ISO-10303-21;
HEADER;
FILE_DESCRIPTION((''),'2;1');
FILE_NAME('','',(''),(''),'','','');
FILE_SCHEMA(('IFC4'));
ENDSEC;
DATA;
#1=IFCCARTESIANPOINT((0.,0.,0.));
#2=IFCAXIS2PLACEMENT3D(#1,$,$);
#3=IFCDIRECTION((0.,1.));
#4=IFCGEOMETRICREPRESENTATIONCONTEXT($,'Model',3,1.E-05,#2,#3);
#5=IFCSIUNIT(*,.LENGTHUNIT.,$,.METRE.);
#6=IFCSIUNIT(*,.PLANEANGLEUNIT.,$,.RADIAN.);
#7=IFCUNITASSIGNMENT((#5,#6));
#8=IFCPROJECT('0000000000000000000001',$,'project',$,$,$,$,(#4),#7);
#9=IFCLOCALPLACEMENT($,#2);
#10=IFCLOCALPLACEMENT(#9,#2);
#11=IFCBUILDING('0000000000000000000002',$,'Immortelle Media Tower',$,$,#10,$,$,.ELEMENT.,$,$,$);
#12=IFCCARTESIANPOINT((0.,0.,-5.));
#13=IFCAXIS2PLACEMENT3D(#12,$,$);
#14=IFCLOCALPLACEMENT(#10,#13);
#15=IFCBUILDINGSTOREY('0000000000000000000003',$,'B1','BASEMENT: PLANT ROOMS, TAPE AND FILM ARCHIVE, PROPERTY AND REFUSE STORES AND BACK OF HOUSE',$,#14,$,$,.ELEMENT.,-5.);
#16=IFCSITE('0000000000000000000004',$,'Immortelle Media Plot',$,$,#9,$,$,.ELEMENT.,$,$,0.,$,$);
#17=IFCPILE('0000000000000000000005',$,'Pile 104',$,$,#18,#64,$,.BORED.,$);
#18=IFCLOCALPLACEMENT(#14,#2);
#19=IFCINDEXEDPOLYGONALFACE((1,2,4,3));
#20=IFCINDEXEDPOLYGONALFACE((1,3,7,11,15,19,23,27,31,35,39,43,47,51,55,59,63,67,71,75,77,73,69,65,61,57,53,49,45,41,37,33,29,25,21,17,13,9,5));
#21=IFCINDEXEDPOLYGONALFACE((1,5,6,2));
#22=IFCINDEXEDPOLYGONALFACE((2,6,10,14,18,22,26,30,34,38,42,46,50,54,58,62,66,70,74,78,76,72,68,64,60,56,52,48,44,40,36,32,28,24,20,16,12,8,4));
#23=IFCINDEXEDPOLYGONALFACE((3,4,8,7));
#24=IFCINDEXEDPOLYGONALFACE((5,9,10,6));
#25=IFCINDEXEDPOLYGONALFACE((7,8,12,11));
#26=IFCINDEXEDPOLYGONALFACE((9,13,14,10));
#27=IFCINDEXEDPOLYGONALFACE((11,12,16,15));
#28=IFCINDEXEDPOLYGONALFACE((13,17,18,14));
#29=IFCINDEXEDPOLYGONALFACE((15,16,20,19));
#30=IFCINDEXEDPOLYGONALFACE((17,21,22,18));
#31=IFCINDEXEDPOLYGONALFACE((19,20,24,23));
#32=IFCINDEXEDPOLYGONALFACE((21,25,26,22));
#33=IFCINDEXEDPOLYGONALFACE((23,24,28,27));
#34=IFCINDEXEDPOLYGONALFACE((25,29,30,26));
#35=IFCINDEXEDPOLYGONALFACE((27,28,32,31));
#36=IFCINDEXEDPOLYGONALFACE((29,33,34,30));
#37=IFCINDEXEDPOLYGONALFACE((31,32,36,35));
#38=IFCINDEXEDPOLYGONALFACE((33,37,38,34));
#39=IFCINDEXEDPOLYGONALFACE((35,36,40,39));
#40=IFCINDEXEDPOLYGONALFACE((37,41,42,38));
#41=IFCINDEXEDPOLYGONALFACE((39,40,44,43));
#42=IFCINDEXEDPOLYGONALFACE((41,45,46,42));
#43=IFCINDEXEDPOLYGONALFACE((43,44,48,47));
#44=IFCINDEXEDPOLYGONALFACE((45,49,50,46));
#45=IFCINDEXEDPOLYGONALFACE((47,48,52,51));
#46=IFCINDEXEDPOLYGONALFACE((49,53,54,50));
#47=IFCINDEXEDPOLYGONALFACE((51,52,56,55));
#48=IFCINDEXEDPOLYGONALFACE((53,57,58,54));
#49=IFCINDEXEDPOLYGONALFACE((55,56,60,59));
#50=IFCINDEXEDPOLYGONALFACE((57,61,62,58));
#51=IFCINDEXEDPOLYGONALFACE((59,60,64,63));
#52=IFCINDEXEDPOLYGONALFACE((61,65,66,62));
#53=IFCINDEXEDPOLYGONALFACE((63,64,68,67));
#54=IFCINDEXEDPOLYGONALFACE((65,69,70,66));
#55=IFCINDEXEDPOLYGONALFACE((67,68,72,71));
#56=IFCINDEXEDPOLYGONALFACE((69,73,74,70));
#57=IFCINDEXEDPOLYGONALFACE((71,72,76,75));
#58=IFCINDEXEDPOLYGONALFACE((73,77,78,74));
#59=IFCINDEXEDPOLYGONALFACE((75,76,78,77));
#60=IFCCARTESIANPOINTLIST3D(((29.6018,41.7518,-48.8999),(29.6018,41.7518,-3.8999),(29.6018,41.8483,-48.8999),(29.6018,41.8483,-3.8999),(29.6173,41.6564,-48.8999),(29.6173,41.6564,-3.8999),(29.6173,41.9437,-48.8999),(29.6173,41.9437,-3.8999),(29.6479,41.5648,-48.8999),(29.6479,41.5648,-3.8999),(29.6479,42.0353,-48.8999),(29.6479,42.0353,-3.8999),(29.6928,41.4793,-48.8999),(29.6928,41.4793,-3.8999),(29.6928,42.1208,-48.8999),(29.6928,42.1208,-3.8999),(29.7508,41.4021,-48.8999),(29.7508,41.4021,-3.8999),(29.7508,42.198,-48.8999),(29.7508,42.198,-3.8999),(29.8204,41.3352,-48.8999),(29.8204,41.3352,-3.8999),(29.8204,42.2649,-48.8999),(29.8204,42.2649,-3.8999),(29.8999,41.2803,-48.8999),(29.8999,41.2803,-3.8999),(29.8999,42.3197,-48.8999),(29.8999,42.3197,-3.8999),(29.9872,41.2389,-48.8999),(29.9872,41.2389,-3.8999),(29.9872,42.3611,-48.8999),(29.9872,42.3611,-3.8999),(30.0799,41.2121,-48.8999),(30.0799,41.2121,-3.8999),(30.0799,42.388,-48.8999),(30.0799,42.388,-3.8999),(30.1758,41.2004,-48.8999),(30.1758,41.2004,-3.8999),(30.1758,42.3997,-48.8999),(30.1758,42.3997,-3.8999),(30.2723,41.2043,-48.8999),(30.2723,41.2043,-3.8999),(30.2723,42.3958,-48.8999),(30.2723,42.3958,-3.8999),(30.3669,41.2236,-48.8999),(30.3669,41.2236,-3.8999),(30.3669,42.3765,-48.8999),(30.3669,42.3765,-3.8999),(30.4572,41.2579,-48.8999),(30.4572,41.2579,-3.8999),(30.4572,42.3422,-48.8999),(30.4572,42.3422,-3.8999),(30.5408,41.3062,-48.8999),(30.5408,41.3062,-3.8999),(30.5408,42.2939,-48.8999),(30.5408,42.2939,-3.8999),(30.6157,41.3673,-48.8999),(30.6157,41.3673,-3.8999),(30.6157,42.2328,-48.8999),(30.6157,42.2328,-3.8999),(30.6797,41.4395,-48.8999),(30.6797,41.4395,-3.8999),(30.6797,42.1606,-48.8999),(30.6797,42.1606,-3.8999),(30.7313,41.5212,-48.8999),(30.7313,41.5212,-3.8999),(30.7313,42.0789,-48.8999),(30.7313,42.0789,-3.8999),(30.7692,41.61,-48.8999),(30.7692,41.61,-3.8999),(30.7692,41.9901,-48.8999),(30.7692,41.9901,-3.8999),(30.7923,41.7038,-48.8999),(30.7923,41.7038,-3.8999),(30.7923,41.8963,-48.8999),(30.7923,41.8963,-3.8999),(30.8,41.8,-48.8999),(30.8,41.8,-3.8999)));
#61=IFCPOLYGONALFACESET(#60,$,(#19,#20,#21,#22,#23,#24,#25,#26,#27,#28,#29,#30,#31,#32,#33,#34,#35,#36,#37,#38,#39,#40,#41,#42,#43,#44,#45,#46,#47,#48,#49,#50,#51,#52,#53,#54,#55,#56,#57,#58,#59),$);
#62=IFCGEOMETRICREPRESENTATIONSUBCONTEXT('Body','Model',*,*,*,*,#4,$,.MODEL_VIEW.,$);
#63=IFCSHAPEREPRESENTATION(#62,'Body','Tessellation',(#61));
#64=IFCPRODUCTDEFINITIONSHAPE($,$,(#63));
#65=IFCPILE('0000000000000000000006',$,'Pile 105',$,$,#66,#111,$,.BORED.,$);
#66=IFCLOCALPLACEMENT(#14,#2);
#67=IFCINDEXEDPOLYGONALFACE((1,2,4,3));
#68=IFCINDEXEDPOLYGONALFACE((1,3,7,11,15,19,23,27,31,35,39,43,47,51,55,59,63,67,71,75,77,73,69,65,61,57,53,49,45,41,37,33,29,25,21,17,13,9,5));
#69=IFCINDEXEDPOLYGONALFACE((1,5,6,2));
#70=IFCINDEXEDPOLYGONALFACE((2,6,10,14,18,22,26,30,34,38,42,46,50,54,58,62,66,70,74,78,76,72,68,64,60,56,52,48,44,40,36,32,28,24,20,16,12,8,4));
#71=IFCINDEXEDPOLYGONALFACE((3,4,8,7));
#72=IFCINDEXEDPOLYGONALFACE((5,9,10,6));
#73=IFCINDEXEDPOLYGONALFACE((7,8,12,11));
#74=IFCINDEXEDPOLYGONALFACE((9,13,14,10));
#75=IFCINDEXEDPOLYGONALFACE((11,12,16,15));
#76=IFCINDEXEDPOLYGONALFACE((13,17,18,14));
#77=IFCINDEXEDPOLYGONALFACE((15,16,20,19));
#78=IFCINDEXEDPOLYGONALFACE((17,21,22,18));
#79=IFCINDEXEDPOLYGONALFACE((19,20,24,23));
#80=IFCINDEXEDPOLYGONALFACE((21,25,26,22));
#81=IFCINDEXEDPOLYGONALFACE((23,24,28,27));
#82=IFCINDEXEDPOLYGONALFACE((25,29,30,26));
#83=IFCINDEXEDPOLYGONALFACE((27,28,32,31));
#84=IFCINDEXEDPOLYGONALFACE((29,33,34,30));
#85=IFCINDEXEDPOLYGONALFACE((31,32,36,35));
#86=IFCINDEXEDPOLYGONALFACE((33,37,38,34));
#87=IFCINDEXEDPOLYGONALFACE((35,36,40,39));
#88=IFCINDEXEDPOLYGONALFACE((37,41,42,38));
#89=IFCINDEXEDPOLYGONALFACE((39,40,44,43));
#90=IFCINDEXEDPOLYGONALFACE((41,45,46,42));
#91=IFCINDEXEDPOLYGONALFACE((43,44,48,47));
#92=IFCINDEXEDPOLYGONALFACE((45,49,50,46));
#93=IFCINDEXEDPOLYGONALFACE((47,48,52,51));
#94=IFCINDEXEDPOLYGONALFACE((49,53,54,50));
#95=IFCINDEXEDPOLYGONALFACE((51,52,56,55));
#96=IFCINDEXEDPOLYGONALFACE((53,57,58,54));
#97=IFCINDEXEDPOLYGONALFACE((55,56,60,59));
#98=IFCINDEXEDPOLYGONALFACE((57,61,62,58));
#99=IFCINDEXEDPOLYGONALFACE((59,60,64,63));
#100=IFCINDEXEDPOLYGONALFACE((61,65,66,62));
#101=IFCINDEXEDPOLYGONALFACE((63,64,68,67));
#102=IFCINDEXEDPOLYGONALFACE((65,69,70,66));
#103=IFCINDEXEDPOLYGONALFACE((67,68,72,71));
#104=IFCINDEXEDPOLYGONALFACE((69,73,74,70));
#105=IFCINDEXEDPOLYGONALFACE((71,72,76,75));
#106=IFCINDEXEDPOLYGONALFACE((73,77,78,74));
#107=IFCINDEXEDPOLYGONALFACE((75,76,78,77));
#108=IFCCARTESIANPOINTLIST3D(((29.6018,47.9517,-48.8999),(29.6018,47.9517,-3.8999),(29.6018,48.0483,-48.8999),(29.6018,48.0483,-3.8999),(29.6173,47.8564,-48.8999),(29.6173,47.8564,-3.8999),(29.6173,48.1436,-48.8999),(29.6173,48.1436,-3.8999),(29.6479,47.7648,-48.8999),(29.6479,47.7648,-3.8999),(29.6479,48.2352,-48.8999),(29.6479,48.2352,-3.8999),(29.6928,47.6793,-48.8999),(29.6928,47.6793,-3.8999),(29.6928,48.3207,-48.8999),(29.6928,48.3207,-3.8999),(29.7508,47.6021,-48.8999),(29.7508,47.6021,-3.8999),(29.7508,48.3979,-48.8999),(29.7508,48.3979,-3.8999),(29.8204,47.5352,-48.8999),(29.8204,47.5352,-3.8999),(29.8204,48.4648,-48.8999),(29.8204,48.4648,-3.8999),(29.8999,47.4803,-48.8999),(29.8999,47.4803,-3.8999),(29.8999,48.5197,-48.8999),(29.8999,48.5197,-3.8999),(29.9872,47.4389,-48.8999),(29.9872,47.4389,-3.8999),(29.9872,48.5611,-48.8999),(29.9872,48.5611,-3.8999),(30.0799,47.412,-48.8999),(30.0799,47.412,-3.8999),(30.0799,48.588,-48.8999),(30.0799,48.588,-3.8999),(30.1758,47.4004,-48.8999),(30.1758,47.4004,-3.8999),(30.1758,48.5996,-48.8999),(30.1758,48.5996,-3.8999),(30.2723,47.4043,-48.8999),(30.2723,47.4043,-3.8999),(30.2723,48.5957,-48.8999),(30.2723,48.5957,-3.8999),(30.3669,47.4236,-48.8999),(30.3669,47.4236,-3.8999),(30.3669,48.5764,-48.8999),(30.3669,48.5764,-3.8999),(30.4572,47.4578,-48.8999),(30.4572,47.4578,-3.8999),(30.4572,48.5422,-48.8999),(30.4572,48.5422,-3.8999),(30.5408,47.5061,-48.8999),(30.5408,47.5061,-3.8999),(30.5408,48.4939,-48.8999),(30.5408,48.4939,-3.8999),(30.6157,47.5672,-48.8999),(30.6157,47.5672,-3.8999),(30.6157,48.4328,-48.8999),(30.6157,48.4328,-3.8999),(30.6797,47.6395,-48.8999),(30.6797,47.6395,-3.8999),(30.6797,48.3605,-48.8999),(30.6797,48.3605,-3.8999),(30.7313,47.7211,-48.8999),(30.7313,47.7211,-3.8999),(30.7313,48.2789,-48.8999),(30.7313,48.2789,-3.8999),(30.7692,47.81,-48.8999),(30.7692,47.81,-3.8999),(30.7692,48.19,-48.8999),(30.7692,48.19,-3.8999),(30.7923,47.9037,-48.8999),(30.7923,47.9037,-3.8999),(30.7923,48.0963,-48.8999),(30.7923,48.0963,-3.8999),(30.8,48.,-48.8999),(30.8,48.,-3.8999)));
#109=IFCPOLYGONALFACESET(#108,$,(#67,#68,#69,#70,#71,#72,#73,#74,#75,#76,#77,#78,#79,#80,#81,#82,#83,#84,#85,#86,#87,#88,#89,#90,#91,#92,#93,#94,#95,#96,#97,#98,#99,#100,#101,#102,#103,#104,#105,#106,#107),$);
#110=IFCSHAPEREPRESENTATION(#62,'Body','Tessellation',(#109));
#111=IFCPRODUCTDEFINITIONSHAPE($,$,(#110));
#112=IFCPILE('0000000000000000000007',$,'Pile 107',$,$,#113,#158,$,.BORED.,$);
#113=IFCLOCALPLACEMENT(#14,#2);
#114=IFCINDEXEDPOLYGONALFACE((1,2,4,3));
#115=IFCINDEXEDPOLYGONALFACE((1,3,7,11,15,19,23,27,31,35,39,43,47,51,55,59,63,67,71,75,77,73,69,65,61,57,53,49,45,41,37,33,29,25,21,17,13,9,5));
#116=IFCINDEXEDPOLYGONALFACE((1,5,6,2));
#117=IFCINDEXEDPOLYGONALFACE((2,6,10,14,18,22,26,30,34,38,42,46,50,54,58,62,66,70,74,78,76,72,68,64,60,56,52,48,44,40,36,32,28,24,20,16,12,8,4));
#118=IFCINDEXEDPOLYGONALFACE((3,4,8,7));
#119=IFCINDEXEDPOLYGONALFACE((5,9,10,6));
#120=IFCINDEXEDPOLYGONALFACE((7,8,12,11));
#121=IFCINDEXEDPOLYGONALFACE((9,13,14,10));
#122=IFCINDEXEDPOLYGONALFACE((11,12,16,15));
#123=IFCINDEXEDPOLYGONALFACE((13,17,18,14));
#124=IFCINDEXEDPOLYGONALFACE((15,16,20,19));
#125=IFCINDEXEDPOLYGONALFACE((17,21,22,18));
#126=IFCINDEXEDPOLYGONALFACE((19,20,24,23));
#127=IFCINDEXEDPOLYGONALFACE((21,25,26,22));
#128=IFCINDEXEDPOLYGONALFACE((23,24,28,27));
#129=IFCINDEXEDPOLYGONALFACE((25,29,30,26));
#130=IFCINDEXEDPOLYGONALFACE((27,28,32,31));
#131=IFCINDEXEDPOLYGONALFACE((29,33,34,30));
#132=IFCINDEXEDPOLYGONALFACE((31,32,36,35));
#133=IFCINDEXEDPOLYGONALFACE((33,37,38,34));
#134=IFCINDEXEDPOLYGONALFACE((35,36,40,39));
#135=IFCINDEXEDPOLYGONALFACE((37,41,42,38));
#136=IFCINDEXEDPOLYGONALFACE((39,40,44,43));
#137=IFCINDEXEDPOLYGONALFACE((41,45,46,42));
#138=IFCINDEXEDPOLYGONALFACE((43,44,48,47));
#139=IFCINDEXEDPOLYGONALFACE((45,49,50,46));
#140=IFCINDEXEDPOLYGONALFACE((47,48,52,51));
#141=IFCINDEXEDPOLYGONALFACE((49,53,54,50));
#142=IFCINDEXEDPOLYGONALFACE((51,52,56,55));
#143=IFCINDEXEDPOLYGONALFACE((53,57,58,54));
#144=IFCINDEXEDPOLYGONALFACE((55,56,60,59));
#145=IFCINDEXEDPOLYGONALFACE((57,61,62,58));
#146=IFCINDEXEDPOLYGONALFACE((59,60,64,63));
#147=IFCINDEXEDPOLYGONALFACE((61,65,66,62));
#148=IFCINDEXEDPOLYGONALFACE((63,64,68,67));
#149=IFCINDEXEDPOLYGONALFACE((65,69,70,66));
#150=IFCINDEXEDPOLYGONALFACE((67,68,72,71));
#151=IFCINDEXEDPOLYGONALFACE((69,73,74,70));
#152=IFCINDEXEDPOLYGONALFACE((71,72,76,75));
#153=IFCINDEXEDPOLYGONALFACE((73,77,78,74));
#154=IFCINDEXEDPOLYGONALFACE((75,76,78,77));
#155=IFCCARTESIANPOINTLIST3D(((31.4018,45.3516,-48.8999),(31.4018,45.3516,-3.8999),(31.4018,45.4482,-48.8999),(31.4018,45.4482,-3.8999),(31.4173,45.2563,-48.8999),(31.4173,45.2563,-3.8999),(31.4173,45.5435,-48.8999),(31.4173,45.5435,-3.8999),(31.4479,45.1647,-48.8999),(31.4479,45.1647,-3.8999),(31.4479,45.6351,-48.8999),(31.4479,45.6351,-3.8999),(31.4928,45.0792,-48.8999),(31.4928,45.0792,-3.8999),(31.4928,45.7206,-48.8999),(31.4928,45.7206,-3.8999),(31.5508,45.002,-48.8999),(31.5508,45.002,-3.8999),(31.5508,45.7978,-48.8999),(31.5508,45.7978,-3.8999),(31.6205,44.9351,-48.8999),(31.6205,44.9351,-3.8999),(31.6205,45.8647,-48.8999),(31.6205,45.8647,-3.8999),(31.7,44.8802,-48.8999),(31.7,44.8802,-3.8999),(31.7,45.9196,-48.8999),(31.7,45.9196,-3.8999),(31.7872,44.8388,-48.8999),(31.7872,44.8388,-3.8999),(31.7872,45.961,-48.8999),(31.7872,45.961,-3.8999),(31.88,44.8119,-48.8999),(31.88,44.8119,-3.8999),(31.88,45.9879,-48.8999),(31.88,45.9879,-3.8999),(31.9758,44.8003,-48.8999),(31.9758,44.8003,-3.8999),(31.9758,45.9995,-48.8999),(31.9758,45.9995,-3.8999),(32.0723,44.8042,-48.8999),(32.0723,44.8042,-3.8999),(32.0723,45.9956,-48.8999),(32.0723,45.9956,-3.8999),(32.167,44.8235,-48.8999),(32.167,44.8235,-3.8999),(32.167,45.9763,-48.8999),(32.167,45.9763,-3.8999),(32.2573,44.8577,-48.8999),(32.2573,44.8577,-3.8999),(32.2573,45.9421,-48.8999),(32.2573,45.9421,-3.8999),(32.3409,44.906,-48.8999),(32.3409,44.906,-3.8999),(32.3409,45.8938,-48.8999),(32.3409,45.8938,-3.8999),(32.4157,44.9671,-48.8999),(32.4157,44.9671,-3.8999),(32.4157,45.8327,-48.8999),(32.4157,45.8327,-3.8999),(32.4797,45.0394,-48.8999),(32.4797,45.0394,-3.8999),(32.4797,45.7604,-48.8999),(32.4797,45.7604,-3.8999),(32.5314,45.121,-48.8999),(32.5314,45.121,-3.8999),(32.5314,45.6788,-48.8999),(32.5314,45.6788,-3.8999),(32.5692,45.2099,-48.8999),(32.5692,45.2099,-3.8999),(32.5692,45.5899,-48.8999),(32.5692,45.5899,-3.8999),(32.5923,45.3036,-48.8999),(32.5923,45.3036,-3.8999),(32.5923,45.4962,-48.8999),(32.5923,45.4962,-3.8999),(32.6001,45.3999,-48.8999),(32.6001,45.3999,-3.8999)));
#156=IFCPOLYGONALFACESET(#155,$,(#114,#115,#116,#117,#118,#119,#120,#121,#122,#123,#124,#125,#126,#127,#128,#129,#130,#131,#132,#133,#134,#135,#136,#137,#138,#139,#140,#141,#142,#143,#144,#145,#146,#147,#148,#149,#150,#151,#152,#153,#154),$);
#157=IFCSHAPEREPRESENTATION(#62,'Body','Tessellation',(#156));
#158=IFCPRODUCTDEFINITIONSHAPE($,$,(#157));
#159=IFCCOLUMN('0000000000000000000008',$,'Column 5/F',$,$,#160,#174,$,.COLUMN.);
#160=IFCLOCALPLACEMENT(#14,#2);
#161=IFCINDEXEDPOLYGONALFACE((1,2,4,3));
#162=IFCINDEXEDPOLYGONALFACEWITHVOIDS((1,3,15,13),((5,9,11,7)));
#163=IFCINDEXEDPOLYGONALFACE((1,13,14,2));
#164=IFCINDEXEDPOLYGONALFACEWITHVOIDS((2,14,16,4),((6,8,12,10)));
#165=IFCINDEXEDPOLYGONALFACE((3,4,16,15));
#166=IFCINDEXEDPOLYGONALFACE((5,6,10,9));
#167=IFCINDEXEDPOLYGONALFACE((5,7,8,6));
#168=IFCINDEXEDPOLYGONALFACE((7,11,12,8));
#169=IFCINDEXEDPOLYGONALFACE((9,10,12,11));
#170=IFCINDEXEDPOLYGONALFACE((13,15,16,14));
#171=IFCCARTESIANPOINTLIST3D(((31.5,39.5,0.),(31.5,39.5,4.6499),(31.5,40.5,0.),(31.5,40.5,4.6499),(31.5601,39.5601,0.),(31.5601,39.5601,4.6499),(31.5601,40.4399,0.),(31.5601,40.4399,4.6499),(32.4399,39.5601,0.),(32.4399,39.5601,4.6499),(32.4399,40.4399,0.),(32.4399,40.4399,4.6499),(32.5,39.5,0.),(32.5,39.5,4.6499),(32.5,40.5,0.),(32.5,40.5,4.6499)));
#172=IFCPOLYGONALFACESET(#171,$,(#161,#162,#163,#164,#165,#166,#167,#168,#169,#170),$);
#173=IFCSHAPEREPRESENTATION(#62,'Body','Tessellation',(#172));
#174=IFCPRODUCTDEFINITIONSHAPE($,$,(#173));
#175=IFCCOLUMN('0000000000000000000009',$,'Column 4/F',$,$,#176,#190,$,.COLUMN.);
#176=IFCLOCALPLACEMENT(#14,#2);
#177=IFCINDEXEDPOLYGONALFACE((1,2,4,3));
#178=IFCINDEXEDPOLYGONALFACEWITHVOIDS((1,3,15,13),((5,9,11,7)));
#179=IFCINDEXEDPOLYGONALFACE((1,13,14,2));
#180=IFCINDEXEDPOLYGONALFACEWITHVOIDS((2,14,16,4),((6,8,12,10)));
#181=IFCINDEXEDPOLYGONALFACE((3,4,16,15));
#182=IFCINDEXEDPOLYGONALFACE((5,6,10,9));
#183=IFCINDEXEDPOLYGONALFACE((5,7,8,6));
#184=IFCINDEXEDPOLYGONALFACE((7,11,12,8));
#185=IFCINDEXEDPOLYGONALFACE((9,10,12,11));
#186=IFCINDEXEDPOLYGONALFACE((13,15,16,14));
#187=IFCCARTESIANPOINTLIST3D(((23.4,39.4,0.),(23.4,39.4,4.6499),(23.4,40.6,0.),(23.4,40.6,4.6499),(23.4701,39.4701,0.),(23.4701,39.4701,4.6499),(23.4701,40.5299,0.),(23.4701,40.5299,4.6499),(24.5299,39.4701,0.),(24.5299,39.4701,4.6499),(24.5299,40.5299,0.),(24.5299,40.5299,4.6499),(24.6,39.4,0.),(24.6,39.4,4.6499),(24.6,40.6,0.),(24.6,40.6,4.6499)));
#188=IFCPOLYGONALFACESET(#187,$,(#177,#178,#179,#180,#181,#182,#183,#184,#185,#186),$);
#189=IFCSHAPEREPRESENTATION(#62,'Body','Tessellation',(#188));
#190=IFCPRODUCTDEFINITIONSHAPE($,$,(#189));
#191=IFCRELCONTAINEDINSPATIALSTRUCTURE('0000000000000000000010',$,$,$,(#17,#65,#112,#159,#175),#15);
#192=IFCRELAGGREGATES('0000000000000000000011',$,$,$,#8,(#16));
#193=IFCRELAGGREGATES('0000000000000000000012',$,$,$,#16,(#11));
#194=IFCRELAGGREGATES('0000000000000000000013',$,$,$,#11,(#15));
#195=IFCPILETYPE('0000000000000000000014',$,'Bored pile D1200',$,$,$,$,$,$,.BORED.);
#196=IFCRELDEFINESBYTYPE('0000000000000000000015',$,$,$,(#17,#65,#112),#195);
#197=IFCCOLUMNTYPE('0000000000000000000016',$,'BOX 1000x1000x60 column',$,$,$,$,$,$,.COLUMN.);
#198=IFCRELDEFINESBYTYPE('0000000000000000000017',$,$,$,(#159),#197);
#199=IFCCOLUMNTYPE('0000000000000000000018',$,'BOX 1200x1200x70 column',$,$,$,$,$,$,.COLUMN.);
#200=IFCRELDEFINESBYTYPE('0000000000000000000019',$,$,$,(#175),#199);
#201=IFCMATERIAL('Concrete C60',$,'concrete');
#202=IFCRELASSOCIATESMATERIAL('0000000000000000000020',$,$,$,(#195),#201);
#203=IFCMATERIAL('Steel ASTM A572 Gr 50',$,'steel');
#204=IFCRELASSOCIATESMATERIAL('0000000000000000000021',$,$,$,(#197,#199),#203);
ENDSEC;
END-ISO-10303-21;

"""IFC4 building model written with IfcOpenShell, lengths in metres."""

from ifc_helpers import new_model, si_unit, direction, frame, origin, origin_2d, place, context, subcontext, project, spatial, hollow_rectangle, circle, extrude, material, material_profile, profile_set, type_object, element, save


model = new_model("IFC4")

# Units and contexts
model_context = context("Model", 3, precision=1e-05, world=origin(), true_north=direction((0.0, 1.0)))
body_context = subcontext(model_context, "Body", "Model", "MODEL_VIEW")
ifc_project = project(units=[si_unit("LENGTHUNIT", "METRE"), si_unit("PLANEANGLEUNIT", "RADIAN")], contexts=[model_context])

# Site, building, storey
site_placement = place(None, origin())
site = spatial("IfcSite", under=ifc_project, at=site_placement, Name="Immortelle Media Plot", CompositionType="ELEMENT", RefElevation=0.0)
building_placement = place(site_placement, origin())
building = spatial("IfcBuilding", under=site, at=building_placement, Name="Immortelle Media Tower", CompositionType="ELEMENT")
storey_placement = place(building_placement, frame((0.0, 0.0, -5.0)))
storey = spatial("IfcBuildingStorey", under=building, at=storey_placement, Name="B1", Description="BASEMENT: PLANT ROOMS, TAPE AND FILM ARCHIVE, PROPERTY AND REFUSE STORES AND BACK OF HOUSE", CompositionType="ELEMENT", Elevation=-5.0)

# Piles
ifc_material_1 = material(Name="Concrete C60", Category="concrete")
ifc_material_profile_1 = material_profile(ifc_material_1, circle(Radius=0.6001, at=origin_2d()), Name="Bored pile D1200")
ifc_profile_set_1 = profile_set([ifc_material_profile_1], Name="Concrete C60")
pile_type = type_object("IfcPileType", Name="Bored pile D1200", PredefinedType="BORED", material=ifc_profile_set_1)
for number, where, z_axis, x_axis, name in (
    (1, (30.2, 41.8, -3.8999), (0.0, 0.0, -1.0), (1.0, 0.0, 0.0), "Pile 104"),
    (2, (30.2, 48.0, -3.8999), (0.0, 0.0, -1.0), (1.0, 0.0, 0.0), "Pile 105"),
    (3, (32.0, 45.3999, -3.8999), (0.0, 0.0, -1.0), (1.0, 0.0, 0.0), "Pile 107"),
):
    element("IfcPile", number, at=place(storey_placement, frame(where, z_axis=z_axis, x_axis=x_axis)), inside=storey, type_object=pile_type, Name=name, PredefinedType="BORED", context=body_context, shape_type="SweptSolid", body=[
        extrude(circle(Radius=0.6001, at=origin_2d()), origin(), (0.0, 0.0, 1.0), 45.0),
    ])

# Columns
ifc_material_2 = material(Name="Steel ASTM A572 Gr 50", Category="steel")
ifc_material_profile_2 = material_profile(ifc_material_2, hollow_rectangle(XDim=1.0, YDim=1.0, WallThickness=0.0601, at=origin_2d()), Name="BOX 1000x1000x60 column")
ifc_profile_set_2 = profile_set([ifc_material_profile_2], Name="Steel ASTM A572 Gr 50")
column_type_1 = type_object("IfcColumnType", Name="BOX 1000x1000x60 column", PredefinedType="COLUMN", material=ifc_profile_set_2)
column_1_placement = place(storey_placement, frame((32.0, 40.0, 0.0), z_axis=(0.0, 0.0, 1.0), x_axis=(1.0, 0.0, 0.0)))
element("IfcColumn", 4, at=column_1_placement, inside=storey, type_object=column_type_1, Name="Column 5/F", PredefinedType="COLUMN", context=body_context, shape_type="SweptSolid", body=[
    extrude(hollow_rectangle(XDim=1.0, YDim=1.0, WallThickness=0.0601, at=origin_2d()), origin(), (0.0, 0.0, 1.0), 4.6499),
])
ifc_material_profile_3 = material_profile(ifc_material_2, hollow_rectangle(XDim=1.2, YDim=1.2, WallThickness=0.0701, at=origin_2d()), Name="BOX 1200x1200x70 column")
ifc_profile_set_3 = profile_set([ifc_material_profile_3], Name="Steel ASTM A572 Gr 50")
column_type_2 = type_object("IfcColumnType", Name="BOX 1200x1200x70 column", PredefinedType="COLUMN", material=ifc_profile_set_3)
column_2_placement = place(storey_placement, frame((24.0, 40.0, 0.0), z_axis=(0.0, 0.0, 1.0), x_axis=(1.0, 0.0, 0.0)))
element("IfcColumn", 5, at=column_2_placement, inside=storey, type_object=column_type_2, Name="Column 4/F", PredefinedType="COLUMN", context=body_context, shape_type="SweptSolid", body=[
    extrude(hollow_rectangle(XDim=1.2, YDim=1.2, WallThickness=0.0701, at=origin_2d()), origin(), (0.0, 0.0, 1.0), 4.6499),
])

save(model, "model.ifc")
